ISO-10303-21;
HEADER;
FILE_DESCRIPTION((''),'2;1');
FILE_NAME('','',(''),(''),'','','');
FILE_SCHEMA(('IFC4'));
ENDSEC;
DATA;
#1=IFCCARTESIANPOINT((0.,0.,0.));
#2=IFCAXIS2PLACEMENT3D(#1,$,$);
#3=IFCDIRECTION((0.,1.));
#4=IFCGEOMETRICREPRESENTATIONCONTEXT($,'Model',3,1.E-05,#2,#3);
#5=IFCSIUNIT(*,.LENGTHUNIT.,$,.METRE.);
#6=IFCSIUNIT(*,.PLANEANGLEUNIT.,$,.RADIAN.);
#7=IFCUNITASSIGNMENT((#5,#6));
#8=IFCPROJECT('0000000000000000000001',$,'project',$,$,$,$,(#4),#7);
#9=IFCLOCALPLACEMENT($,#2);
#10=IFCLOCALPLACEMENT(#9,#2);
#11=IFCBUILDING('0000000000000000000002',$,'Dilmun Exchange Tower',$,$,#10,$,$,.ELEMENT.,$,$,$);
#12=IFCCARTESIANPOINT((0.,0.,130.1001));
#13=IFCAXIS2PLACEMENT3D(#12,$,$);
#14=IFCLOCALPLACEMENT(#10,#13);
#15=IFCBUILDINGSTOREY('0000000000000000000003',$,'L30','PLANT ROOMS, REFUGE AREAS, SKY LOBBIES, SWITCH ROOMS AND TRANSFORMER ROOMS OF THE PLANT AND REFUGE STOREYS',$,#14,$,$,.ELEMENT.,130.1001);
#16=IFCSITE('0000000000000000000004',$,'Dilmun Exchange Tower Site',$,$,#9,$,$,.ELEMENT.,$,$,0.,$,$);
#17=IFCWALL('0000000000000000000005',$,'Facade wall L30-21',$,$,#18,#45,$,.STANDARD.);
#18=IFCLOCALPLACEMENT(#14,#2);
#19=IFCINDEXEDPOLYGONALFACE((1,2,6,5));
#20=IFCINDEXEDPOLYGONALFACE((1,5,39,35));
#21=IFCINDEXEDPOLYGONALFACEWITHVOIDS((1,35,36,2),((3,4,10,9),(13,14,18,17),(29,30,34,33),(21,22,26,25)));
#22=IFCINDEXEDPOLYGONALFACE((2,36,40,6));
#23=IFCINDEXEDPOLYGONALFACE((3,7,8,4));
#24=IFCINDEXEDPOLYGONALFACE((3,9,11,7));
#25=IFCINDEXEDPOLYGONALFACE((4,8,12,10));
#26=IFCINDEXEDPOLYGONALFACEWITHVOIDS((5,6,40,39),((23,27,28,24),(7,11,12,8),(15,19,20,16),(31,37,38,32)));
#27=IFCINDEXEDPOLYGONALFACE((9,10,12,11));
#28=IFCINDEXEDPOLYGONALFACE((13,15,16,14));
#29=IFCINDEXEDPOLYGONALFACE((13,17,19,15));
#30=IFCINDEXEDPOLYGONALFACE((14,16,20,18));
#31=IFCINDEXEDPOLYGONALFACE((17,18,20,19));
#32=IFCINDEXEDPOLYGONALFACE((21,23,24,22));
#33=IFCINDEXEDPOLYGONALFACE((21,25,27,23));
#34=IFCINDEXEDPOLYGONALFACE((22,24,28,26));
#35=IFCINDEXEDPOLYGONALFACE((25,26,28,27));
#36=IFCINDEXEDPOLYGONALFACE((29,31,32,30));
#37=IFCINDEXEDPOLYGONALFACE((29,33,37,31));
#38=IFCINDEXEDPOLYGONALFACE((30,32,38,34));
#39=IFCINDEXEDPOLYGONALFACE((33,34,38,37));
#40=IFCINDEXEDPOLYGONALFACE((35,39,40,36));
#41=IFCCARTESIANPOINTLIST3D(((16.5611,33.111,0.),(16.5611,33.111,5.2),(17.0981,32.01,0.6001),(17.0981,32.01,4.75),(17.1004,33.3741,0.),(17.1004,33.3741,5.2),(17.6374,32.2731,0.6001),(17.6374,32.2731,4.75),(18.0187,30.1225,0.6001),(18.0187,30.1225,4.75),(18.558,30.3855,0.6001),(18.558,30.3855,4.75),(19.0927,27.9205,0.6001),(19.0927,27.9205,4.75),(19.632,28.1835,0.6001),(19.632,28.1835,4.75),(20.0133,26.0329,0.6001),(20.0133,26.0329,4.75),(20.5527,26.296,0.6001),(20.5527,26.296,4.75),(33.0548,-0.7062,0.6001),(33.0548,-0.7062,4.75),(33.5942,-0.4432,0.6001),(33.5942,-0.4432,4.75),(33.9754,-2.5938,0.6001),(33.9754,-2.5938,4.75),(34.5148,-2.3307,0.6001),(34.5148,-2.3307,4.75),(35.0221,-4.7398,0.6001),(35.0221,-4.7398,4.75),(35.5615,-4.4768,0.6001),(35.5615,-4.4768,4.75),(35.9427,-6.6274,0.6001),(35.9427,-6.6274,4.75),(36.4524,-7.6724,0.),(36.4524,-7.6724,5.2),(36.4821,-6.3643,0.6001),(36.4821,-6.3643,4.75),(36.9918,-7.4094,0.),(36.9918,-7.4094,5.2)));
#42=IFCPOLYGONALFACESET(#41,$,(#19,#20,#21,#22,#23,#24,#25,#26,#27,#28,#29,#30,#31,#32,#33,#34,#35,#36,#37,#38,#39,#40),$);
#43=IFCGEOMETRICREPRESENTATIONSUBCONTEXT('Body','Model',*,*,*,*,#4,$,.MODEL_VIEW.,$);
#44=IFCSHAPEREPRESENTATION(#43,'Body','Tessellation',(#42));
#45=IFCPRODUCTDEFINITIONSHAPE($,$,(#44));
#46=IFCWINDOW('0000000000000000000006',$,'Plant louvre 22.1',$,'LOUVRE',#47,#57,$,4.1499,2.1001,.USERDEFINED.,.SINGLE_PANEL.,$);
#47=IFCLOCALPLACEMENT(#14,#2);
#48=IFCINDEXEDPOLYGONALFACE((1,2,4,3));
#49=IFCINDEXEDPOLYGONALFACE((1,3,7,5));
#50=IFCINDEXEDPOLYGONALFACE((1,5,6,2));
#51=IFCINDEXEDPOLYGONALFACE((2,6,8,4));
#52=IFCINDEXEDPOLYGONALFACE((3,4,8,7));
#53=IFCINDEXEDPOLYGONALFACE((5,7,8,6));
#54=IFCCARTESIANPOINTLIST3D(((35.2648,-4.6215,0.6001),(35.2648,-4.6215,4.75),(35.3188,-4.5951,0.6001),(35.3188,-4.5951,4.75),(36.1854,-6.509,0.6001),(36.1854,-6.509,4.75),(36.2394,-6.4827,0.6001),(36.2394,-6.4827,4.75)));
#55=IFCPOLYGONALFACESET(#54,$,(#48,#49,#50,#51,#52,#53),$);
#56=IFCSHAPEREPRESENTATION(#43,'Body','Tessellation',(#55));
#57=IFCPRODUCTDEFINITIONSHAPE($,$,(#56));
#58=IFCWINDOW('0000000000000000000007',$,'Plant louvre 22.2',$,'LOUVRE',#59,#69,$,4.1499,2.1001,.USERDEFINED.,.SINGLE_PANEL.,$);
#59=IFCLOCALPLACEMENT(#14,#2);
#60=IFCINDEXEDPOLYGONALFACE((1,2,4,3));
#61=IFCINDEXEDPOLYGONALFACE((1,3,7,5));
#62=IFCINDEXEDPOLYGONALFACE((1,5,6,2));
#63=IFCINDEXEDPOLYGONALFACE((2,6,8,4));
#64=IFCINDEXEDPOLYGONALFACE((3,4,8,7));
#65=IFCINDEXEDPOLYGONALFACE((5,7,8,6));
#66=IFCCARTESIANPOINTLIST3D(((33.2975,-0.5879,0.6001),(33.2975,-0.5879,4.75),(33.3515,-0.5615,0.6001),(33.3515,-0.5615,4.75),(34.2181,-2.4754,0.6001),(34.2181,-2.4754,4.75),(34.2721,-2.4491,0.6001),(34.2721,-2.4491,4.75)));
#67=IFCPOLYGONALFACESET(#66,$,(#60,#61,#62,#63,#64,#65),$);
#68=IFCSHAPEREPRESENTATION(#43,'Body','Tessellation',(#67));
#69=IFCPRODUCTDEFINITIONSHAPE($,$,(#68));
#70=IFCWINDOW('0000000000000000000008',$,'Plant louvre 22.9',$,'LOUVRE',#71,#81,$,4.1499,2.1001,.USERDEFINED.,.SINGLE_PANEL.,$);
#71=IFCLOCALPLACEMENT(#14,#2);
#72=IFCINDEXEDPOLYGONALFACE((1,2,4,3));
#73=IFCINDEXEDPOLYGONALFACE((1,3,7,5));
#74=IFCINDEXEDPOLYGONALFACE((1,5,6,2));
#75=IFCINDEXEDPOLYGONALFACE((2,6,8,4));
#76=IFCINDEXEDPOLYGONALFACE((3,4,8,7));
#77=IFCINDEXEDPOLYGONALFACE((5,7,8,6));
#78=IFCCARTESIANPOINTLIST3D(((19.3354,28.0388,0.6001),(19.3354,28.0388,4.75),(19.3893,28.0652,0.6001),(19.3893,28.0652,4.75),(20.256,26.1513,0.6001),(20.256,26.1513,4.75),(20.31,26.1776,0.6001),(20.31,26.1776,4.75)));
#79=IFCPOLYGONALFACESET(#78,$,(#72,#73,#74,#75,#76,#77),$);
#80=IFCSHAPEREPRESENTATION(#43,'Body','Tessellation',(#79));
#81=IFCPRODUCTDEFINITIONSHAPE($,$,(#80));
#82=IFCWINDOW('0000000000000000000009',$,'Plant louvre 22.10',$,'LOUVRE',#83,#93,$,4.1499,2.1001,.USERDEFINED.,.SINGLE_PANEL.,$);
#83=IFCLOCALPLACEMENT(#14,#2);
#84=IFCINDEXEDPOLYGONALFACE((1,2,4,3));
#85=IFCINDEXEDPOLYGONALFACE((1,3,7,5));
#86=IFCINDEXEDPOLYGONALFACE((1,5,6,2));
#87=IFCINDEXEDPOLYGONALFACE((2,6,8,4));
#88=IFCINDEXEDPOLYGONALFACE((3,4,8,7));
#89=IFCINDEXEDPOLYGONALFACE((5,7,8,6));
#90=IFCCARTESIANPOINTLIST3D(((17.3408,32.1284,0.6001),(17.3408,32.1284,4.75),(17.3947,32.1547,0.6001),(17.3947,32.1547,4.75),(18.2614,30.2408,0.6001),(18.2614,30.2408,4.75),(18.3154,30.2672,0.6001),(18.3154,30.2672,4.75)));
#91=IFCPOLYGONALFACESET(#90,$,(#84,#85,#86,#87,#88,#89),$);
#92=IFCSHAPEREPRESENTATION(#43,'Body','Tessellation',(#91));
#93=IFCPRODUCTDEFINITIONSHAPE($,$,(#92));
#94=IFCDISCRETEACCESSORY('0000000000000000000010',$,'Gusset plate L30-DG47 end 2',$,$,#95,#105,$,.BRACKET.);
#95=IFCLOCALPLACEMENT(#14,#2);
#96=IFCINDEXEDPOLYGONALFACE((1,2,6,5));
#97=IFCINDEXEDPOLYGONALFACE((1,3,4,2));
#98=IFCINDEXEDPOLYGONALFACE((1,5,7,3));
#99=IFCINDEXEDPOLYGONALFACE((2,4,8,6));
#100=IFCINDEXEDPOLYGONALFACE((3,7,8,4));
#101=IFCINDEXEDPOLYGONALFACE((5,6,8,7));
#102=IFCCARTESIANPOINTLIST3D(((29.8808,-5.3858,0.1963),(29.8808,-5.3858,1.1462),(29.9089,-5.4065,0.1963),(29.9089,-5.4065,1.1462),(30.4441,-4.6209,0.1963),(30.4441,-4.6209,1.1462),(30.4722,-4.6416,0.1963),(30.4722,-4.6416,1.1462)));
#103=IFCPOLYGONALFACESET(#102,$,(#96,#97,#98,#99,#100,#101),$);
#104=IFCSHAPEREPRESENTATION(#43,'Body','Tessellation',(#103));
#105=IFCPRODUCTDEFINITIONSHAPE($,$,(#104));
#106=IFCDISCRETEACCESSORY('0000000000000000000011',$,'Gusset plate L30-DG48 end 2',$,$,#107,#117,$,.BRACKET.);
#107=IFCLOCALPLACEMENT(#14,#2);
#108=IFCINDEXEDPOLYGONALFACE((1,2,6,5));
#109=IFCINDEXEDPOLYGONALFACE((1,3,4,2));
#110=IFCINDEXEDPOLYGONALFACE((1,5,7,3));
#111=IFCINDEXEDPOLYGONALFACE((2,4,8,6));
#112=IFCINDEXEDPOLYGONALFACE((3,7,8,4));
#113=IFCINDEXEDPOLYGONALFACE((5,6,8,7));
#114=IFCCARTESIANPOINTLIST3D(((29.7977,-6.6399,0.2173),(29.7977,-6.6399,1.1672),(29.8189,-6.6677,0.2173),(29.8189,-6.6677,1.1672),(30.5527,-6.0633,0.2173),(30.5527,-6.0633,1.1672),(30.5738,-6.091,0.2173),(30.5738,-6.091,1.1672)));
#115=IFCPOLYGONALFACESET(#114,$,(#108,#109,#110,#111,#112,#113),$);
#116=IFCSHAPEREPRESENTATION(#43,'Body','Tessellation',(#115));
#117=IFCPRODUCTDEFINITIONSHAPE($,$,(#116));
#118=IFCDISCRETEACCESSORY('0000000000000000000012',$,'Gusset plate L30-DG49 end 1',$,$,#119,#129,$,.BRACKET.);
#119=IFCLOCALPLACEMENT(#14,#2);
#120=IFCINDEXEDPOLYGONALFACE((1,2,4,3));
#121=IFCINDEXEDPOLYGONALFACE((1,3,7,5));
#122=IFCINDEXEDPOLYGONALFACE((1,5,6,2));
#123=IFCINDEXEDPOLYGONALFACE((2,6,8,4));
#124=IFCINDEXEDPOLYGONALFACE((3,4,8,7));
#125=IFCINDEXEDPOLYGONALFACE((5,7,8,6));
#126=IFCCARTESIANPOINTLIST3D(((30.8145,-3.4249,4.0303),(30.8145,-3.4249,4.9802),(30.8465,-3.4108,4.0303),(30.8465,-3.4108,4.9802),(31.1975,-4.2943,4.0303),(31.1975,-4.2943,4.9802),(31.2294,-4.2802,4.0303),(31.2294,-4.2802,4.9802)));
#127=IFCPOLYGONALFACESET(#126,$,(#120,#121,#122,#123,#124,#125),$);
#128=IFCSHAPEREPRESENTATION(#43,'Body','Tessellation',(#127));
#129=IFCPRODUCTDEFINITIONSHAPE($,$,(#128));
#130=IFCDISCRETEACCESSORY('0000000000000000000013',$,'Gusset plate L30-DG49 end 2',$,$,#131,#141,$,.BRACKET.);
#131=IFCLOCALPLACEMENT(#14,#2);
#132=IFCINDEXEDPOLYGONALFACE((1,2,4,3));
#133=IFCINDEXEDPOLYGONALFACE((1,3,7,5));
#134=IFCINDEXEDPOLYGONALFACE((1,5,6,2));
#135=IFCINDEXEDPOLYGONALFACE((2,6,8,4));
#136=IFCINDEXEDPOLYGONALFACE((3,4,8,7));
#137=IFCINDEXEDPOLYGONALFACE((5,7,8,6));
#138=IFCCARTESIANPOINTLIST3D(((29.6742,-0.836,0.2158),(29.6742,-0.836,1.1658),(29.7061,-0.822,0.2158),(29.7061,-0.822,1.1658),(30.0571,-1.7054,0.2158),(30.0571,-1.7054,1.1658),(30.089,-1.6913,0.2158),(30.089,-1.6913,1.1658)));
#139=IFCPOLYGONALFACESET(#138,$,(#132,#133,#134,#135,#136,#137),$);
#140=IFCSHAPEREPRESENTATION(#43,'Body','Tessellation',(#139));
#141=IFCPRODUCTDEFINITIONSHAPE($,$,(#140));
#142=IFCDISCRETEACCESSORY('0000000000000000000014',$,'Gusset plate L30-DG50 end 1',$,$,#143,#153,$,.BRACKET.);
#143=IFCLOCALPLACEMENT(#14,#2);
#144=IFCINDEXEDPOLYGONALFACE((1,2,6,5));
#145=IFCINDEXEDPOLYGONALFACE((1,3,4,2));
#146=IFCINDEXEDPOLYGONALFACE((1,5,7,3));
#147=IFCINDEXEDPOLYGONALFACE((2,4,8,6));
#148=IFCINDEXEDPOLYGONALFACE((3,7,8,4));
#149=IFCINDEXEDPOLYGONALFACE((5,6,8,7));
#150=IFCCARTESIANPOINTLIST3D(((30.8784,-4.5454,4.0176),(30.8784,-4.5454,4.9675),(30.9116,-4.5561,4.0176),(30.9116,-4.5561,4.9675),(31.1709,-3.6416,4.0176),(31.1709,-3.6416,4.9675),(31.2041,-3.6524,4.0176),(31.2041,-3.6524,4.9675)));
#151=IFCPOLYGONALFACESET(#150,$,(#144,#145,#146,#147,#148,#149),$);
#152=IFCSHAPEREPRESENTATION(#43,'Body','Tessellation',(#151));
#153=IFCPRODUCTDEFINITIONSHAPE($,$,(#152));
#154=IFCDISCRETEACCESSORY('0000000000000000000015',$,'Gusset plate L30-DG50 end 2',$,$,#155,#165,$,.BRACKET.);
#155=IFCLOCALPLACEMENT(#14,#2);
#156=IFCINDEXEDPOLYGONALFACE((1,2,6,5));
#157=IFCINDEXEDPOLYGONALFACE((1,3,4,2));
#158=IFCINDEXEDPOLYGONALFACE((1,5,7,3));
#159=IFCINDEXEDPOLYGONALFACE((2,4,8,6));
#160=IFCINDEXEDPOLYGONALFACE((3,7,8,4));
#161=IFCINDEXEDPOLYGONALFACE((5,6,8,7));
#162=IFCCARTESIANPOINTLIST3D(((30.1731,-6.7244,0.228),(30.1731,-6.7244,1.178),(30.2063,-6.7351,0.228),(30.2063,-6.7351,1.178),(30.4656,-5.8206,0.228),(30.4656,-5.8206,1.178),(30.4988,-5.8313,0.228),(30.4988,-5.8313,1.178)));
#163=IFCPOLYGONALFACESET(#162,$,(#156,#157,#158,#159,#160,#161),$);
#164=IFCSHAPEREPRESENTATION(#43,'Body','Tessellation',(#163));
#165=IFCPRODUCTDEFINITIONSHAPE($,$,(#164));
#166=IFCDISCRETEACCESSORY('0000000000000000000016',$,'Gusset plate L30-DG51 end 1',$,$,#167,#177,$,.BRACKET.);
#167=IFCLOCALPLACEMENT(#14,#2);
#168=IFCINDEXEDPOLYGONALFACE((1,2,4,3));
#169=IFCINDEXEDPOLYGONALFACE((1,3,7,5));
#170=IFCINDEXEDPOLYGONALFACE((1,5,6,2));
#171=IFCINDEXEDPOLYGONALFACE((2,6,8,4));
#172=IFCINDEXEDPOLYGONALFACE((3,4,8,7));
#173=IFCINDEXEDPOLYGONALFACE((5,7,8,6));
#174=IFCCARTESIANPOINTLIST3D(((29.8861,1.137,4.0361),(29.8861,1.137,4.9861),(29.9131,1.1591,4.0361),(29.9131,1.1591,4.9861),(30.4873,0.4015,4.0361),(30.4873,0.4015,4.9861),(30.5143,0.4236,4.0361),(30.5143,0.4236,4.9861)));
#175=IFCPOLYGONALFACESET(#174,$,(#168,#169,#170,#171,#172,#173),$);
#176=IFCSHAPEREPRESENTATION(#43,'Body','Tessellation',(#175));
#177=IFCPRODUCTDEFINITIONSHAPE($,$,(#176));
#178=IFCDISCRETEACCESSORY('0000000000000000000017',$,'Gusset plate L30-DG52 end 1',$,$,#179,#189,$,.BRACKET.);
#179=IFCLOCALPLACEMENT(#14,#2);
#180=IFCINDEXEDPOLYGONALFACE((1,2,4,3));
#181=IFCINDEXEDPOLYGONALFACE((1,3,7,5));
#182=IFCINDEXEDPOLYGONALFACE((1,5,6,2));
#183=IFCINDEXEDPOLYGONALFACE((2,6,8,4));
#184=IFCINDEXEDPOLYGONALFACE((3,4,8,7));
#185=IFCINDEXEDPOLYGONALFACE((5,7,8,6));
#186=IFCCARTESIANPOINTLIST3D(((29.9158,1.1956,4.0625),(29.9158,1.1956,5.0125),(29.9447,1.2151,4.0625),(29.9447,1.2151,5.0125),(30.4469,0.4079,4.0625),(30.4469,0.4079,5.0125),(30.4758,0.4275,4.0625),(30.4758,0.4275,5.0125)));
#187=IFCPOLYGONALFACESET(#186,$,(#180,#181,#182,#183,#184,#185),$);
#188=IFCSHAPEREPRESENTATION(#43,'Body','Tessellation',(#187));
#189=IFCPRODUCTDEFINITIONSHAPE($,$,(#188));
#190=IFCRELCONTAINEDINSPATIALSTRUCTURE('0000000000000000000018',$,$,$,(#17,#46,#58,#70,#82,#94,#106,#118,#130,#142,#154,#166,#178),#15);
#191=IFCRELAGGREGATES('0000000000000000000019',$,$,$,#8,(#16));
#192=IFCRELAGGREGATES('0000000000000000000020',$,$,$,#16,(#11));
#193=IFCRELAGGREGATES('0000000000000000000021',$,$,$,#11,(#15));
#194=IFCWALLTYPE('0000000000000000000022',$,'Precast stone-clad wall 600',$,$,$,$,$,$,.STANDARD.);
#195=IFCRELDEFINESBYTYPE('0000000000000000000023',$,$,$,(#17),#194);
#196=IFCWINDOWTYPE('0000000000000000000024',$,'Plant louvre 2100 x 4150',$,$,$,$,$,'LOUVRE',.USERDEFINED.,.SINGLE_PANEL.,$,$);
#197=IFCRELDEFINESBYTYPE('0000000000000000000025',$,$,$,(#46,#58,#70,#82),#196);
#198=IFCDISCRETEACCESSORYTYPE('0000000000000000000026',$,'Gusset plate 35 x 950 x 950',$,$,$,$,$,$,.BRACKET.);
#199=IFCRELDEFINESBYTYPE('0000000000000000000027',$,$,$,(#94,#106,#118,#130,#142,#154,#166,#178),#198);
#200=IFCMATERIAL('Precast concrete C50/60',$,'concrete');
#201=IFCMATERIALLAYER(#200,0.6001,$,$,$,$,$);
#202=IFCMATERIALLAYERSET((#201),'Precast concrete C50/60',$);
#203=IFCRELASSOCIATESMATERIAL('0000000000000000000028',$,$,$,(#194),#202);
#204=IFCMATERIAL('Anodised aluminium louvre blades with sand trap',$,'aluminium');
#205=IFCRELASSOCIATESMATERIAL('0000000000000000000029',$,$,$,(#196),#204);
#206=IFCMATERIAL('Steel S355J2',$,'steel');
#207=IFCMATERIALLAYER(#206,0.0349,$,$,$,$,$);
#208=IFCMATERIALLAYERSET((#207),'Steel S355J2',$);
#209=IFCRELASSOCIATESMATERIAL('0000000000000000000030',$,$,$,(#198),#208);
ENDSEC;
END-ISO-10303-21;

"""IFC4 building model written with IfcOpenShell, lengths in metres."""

from ifc_helpers import new_model, si_unit, direction, frame, frame_2d, origin, origin_2d, place, context, subcontext, project, spatial, rectangle, extrude, material, layer, layer_set, type_object, element, fill, save


model = new_model("IFC4")

# Units and contexts
model_context = context("Model", 3, precision=1e-05, world=origin(), true_north=direction((0.0, 1.0)))
body_context = subcontext(model_context, "Body", "Model", "MODEL_VIEW")
ifc_project = project(units=[si_unit("LENGTHUNIT", "METRE"), si_unit("PLANEANGLEUNIT", "RADIAN")], contexts=[model_context])

# Site, building, storey
site_placement = place(None, origin())
site = spatial("IfcSite", under=ifc_project, at=site_placement, Name="Dilmun Exchange Tower Site", CompositionType="ELEMENT", RefElevation=0.0)
building_placement = place(site_placement, origin())
building = spatial("IfcBuilding", under=site, at=building_placement, Name="Dilmun Exchange Tower", CompositionType="ELEMENT")
storey_placement = place(building_placement, frame((0.0, 0.0, 130.1001)))
storey = spatial("IfcBuildingStorey", under=building, at=storey_placement, Name="L30", Description="PLANT ROOMS, REFUGE AREAS, SKY LOBBIES, SWITCH ROOMS AND TRANSFORMER ROOMS OF THE PLANT AND REFUGE STOREYS", CompositionType="ELEMENT", Elevation=130.1001)

# Shared definitions
ifc_material_1 = material(Name="Precast concrete C50/60", Category="concrete")
ifc_layer_1 = layer(ifc_material_1, 0.6001)
ifc_layer_set_1 = layer_set([ifc_layer_1], Name="Precast concrete C50/60")
wall_type = type_object("IfcWallType", Name="Precast stone-clad wall 600", PredefinedType="STANDARD", material=ifc_layer_set_1)

# Wall, openings, windows
wall_1_placement = place(storey_placement, frame((36.7222, -7.541, 0.0), z_axis=(0.0, 0.0, 1.0), x_axis=(-0.43837, 0.898795, 0.0)))
wall_1 = element("IfcWall", 1, at=wall_1_placement, inside=storey, type_object=wall_type, Name="Facade wall L30-21", PredefinedType="STANDARD", context=body_context, shape_type="SweptSolid", body=[
    extrude(rectangle(XDim=45.3757, YDim=0.6001, at=frame_2d((22.688, 0.0))), origin(), (0.0, 0.0, 1.0), 5.2),
])
opening_1_placement = place(wall_1_placement, frame((1.1628, 0.0, 0.6001)))
opening_1 = element("IfcOpeningElement", 2, at=opening_1_placement, cuts=wall_1, PredefinedType="OPENING", context=body_context, shape_type="SweptSolid", body=[
    extrude(rectangle(XDim=2.1001, YDim=4.1499, at=frame_2d((1.05, 2.075))), frame((0.0, 0.3101, 0.0), z_axis=(0.0, -1.0, 0.0), x_axis=(1.0, 0.0, 0.0)), (0.0, 0.0, 1.0), 0.6201),
])
opening_2_placement = place(wall_1_placement, frame((5.6506, 0.0, 0.6001)))
opening_2 = element("IfcOpeningElement", 3, at=opening_2_placement, cuts=wall_1, PredefinedType="OPENING", context=body_context, shape_type="SweptSolid", body=[
    extrude(rectangle(XDim=2.1001, YDim=4.1499, at=frame_2d((1.05, 2.075))), frame((0.0, 0.3101, 0.0), z_axis=(0.0, -1.0, 0.0), x_axis=(1.0, 0.0, 0.0)), (0.0, 0.0, 1.0), 0.6201),
])
opening_3_placement = place(wall_1_placement, frame((37.5007, 0.0, 0.6001)))
opening_3 = element("IfcOpeningElement", 4, at=opening_3_placement, cuts=wall_1, PredefinedType="OPENING", context=body_context, shape_type="SweptSolid", body=[
    extrude(rectangle(XDim=2.1001, YDim=4.1499, at=frame_2d((1.05, 2.075))), frame((0.0, 0.3101, 0.0), z_axis=(0.0, -1.0, 0.0), x_axis=(1.0, 0.0, 0.0)), (0.0, 0.0, 1.0), 0.6201),
])
opening_4_placement = place(wall_1_placement, frame((42.0508, 0.0, 0.6001)))
opening_4 = element("IfcOpeningElement", 5, at=opening_4_placement, cuts=wall_1, PredefinedType="OPENING", context=body_context, shape_type="SweptSolid", body=[
    extrude(rectangle(XDim=2.1001, YDim=4.1499, at=frame_2d((1.05, 2.075))), frame((0.0, 0.3101, 0.0), z_axis=(0.0, -1.0, 0.0), x_axis=(1.0, 0.0, 0.0)), (0.0, 0.0, 1.0), 0.6201),
])
ifc_material_2 = material(Name="Anodised aluminium louvre blades with sand trap", Category="aluminium")
window_type = type_object("IfcWindowType", Name="Plant louvre 2100 x 4150", ElementType="LOUVRE", PartitioningType="SINGLE_PANEL", PredefinedType="USERDEFINED", material=ifc_material_2)
window_1_placement = place(opening_1_placement, origin())
window_1 = element("IfcWindow", 6, at=window_1_placement, inside=storey, type_object=window_type, Name="Plant louvre 22.1", ObjectType="LOUVRE", OverallHeight=4.1499, OverallWidth=2.1001, PartitioningType="SINGLE_PANEL", PredefinedType="USERDEFINED", context=body_context, shape_type="SweptSolid", body=[
    extrude(rectangle(XDim=2.1001, YDim=4.1499, at=frame_2d((1.05, 2.075))), frame((0.0, 0.03, 0.0), z_axis=(0.0, -1.0, 0.0), x_axis=(1.0, 0.0, 0.0)), (0.0, 0.0, 1.0), 0.0601),
])
fill(opening_1, window_1)
window_2_placement = place(opening_2_placement, origin())
window_2 = element("IfcWindow", 7, at=window_2_placement, inside=storey, type_object=window_type, Name="Plant louvre 22.2", ObjectType="LOUVRE", OverallHeight=4.1499, OverallWidth=2.1001, PartitioningType="SINGLE_PANEL", PredefinedType="USERDEFINED", context=body_context, shape_type="SweptSolid", body=[
    extrude(rectangle(XDim=2.1001, YDim=4.1499, at=frame_2d((1.05, 2.075))), frame((0.0, 0.03, 0.0), z_axis=(0.0, -1.0, 0.0), x_axis=(1.0, 0.0, 0.0)), (0.0, 0.0, 1.0), 0.0601),
])
fill(opening_2, window_2)
window_3_placement = place(opening_3_placement, origin())
window_3 = element("IfcWindow", 8, at=window_3_placement, inside=storey, type_object=window_type, Name="Plant louvre 22.9", ObjectType="LOUVRE", OverallHeight=4.1499, OverallWidth=2.1001, PartitioningType="SINGLE_PANEL", PredefinedType="USERDEFINED", context=body_context, shape_type="SweptSolid", body=[
    extrude(rectangle(XDim=2.1001, YDim=4.1499, at=frame_2d((1.05, 2.075))), frame((0.0, 0.03, 0.0), z_axis=(0.0, -1.0, 0.0), x_axis=(1.0, 0.0, 0.0)), (0.0, 0.0, 1.0), 0.0601),
])
fill(opening_3, window_3)
window_4_placement = place(opening_4_placement, origin())
window_4 = element("IfcWindow", 9, at=window_4_placement, inside=storey, type_object=window_type, Name="Plant louvre 22.10", ObjectType="LOUVRE", OverallHeight=4.1499, OverallWidth=2.1001, PartitioningType="SINGLE_PANEL", PredefinedType="USERDEFINED", context=body_context, shape_type="SweptSolid", body=[
    extrude(rectangle(XDim=2.1001, YDim=4.1499, at=frame_2d((1.05, 2.075))), frame((0.0, 0.03, 0.0), z_axis=(0.0, -1.0, 0.0), x_axis=(1.0, 0.0, 0.0)), (0.0, 0.0, 1.0), 0.0601),
])
fill(opening_4, window_4)

# Discrete accessories
ifc_material_3 = material(Name="Steel S355J2", Category="steel")
ifc_layer_2 = layer(ifc_material_3, 0.0349)
ifc_layer_set_2 = layer_set([ifc_layer_2], Name="Steel S355J2")
discrete_accessory_type = type_object("IfcDiscreteAccessoryType", Name="Gusset plate 35 x 950 x 950", PredefinedType="BRACKET", material=ifc_layer_set_2)
for number, where, z_axis, x_axis, name in (
    (10, (30.1765, -5.0137, 0.1963), (0.0, 0.0, 1.0), (0.592955, 0.805235, 0.0), "Gusset plate L30-DG47 end 2"),
    (11, (30.1858, -6.3655, 0.2173), (0.0, 0.0, 1.0), (0.794688, 0.607018, 0.0), "Gusset plate L30-DG48 end 2"),
    (12, (31.022, -3.8525, 4.0303), (0.0, 0.0, 1.0), (-0.403106, 0.915153, 0.0), "Gusset plate L30-DG49 end 1"),
    (13, (29.8816, -1.2637, 0.2158), (0.0, 0.0, 1.0), (-0.403106, 0.915153, 0.0), "Gusset plate L30-DG49 end 2"),
    (14, (31.0413, -4.0989, 4.0176), (0.0, 0.0, 1.0), (-0.307923, -0.951411, 0.0), "Gusset plate L30-DG50 end 1"),
    (15, (30.3359, -6.2778, 0.228), (0.0, 0.0, 1.0), (-0.307923, -0.951411, 0.0), "Gusset plate L30-DG50 end 2"),
    (16, (30.2002, 0.7803, 4.0361), (0.0, 0.0, 1.0), (-0.632919, 0.774218, 0.0), "Gusset plate L30-DG51 end 1"),
    (17, (30.1958, 0.8115, 4.0625), (0.0, 0.0, 1.0), (-0.559041, 0.82914, 0.0), "Gusset plate L30-DG52 end 1"),
):
    element("IfcDiscreteAccessory", number, at=place(storey_placement, frame(where, z_axis=z_axis, x_axis=x_axis)), inside=storey, type_object=discrete_accessory_type, Name=name, PredefinedType="BRACKET", context=body_context, shape_type="SweptSolid", body=[
        extrude(rectangle(XDim=0.95, YDim=0.0349, at=origin_2d()), origin(), (0.0, 0.0, 1.0), 0.95),
    ])

save(model, "model.ifc")
